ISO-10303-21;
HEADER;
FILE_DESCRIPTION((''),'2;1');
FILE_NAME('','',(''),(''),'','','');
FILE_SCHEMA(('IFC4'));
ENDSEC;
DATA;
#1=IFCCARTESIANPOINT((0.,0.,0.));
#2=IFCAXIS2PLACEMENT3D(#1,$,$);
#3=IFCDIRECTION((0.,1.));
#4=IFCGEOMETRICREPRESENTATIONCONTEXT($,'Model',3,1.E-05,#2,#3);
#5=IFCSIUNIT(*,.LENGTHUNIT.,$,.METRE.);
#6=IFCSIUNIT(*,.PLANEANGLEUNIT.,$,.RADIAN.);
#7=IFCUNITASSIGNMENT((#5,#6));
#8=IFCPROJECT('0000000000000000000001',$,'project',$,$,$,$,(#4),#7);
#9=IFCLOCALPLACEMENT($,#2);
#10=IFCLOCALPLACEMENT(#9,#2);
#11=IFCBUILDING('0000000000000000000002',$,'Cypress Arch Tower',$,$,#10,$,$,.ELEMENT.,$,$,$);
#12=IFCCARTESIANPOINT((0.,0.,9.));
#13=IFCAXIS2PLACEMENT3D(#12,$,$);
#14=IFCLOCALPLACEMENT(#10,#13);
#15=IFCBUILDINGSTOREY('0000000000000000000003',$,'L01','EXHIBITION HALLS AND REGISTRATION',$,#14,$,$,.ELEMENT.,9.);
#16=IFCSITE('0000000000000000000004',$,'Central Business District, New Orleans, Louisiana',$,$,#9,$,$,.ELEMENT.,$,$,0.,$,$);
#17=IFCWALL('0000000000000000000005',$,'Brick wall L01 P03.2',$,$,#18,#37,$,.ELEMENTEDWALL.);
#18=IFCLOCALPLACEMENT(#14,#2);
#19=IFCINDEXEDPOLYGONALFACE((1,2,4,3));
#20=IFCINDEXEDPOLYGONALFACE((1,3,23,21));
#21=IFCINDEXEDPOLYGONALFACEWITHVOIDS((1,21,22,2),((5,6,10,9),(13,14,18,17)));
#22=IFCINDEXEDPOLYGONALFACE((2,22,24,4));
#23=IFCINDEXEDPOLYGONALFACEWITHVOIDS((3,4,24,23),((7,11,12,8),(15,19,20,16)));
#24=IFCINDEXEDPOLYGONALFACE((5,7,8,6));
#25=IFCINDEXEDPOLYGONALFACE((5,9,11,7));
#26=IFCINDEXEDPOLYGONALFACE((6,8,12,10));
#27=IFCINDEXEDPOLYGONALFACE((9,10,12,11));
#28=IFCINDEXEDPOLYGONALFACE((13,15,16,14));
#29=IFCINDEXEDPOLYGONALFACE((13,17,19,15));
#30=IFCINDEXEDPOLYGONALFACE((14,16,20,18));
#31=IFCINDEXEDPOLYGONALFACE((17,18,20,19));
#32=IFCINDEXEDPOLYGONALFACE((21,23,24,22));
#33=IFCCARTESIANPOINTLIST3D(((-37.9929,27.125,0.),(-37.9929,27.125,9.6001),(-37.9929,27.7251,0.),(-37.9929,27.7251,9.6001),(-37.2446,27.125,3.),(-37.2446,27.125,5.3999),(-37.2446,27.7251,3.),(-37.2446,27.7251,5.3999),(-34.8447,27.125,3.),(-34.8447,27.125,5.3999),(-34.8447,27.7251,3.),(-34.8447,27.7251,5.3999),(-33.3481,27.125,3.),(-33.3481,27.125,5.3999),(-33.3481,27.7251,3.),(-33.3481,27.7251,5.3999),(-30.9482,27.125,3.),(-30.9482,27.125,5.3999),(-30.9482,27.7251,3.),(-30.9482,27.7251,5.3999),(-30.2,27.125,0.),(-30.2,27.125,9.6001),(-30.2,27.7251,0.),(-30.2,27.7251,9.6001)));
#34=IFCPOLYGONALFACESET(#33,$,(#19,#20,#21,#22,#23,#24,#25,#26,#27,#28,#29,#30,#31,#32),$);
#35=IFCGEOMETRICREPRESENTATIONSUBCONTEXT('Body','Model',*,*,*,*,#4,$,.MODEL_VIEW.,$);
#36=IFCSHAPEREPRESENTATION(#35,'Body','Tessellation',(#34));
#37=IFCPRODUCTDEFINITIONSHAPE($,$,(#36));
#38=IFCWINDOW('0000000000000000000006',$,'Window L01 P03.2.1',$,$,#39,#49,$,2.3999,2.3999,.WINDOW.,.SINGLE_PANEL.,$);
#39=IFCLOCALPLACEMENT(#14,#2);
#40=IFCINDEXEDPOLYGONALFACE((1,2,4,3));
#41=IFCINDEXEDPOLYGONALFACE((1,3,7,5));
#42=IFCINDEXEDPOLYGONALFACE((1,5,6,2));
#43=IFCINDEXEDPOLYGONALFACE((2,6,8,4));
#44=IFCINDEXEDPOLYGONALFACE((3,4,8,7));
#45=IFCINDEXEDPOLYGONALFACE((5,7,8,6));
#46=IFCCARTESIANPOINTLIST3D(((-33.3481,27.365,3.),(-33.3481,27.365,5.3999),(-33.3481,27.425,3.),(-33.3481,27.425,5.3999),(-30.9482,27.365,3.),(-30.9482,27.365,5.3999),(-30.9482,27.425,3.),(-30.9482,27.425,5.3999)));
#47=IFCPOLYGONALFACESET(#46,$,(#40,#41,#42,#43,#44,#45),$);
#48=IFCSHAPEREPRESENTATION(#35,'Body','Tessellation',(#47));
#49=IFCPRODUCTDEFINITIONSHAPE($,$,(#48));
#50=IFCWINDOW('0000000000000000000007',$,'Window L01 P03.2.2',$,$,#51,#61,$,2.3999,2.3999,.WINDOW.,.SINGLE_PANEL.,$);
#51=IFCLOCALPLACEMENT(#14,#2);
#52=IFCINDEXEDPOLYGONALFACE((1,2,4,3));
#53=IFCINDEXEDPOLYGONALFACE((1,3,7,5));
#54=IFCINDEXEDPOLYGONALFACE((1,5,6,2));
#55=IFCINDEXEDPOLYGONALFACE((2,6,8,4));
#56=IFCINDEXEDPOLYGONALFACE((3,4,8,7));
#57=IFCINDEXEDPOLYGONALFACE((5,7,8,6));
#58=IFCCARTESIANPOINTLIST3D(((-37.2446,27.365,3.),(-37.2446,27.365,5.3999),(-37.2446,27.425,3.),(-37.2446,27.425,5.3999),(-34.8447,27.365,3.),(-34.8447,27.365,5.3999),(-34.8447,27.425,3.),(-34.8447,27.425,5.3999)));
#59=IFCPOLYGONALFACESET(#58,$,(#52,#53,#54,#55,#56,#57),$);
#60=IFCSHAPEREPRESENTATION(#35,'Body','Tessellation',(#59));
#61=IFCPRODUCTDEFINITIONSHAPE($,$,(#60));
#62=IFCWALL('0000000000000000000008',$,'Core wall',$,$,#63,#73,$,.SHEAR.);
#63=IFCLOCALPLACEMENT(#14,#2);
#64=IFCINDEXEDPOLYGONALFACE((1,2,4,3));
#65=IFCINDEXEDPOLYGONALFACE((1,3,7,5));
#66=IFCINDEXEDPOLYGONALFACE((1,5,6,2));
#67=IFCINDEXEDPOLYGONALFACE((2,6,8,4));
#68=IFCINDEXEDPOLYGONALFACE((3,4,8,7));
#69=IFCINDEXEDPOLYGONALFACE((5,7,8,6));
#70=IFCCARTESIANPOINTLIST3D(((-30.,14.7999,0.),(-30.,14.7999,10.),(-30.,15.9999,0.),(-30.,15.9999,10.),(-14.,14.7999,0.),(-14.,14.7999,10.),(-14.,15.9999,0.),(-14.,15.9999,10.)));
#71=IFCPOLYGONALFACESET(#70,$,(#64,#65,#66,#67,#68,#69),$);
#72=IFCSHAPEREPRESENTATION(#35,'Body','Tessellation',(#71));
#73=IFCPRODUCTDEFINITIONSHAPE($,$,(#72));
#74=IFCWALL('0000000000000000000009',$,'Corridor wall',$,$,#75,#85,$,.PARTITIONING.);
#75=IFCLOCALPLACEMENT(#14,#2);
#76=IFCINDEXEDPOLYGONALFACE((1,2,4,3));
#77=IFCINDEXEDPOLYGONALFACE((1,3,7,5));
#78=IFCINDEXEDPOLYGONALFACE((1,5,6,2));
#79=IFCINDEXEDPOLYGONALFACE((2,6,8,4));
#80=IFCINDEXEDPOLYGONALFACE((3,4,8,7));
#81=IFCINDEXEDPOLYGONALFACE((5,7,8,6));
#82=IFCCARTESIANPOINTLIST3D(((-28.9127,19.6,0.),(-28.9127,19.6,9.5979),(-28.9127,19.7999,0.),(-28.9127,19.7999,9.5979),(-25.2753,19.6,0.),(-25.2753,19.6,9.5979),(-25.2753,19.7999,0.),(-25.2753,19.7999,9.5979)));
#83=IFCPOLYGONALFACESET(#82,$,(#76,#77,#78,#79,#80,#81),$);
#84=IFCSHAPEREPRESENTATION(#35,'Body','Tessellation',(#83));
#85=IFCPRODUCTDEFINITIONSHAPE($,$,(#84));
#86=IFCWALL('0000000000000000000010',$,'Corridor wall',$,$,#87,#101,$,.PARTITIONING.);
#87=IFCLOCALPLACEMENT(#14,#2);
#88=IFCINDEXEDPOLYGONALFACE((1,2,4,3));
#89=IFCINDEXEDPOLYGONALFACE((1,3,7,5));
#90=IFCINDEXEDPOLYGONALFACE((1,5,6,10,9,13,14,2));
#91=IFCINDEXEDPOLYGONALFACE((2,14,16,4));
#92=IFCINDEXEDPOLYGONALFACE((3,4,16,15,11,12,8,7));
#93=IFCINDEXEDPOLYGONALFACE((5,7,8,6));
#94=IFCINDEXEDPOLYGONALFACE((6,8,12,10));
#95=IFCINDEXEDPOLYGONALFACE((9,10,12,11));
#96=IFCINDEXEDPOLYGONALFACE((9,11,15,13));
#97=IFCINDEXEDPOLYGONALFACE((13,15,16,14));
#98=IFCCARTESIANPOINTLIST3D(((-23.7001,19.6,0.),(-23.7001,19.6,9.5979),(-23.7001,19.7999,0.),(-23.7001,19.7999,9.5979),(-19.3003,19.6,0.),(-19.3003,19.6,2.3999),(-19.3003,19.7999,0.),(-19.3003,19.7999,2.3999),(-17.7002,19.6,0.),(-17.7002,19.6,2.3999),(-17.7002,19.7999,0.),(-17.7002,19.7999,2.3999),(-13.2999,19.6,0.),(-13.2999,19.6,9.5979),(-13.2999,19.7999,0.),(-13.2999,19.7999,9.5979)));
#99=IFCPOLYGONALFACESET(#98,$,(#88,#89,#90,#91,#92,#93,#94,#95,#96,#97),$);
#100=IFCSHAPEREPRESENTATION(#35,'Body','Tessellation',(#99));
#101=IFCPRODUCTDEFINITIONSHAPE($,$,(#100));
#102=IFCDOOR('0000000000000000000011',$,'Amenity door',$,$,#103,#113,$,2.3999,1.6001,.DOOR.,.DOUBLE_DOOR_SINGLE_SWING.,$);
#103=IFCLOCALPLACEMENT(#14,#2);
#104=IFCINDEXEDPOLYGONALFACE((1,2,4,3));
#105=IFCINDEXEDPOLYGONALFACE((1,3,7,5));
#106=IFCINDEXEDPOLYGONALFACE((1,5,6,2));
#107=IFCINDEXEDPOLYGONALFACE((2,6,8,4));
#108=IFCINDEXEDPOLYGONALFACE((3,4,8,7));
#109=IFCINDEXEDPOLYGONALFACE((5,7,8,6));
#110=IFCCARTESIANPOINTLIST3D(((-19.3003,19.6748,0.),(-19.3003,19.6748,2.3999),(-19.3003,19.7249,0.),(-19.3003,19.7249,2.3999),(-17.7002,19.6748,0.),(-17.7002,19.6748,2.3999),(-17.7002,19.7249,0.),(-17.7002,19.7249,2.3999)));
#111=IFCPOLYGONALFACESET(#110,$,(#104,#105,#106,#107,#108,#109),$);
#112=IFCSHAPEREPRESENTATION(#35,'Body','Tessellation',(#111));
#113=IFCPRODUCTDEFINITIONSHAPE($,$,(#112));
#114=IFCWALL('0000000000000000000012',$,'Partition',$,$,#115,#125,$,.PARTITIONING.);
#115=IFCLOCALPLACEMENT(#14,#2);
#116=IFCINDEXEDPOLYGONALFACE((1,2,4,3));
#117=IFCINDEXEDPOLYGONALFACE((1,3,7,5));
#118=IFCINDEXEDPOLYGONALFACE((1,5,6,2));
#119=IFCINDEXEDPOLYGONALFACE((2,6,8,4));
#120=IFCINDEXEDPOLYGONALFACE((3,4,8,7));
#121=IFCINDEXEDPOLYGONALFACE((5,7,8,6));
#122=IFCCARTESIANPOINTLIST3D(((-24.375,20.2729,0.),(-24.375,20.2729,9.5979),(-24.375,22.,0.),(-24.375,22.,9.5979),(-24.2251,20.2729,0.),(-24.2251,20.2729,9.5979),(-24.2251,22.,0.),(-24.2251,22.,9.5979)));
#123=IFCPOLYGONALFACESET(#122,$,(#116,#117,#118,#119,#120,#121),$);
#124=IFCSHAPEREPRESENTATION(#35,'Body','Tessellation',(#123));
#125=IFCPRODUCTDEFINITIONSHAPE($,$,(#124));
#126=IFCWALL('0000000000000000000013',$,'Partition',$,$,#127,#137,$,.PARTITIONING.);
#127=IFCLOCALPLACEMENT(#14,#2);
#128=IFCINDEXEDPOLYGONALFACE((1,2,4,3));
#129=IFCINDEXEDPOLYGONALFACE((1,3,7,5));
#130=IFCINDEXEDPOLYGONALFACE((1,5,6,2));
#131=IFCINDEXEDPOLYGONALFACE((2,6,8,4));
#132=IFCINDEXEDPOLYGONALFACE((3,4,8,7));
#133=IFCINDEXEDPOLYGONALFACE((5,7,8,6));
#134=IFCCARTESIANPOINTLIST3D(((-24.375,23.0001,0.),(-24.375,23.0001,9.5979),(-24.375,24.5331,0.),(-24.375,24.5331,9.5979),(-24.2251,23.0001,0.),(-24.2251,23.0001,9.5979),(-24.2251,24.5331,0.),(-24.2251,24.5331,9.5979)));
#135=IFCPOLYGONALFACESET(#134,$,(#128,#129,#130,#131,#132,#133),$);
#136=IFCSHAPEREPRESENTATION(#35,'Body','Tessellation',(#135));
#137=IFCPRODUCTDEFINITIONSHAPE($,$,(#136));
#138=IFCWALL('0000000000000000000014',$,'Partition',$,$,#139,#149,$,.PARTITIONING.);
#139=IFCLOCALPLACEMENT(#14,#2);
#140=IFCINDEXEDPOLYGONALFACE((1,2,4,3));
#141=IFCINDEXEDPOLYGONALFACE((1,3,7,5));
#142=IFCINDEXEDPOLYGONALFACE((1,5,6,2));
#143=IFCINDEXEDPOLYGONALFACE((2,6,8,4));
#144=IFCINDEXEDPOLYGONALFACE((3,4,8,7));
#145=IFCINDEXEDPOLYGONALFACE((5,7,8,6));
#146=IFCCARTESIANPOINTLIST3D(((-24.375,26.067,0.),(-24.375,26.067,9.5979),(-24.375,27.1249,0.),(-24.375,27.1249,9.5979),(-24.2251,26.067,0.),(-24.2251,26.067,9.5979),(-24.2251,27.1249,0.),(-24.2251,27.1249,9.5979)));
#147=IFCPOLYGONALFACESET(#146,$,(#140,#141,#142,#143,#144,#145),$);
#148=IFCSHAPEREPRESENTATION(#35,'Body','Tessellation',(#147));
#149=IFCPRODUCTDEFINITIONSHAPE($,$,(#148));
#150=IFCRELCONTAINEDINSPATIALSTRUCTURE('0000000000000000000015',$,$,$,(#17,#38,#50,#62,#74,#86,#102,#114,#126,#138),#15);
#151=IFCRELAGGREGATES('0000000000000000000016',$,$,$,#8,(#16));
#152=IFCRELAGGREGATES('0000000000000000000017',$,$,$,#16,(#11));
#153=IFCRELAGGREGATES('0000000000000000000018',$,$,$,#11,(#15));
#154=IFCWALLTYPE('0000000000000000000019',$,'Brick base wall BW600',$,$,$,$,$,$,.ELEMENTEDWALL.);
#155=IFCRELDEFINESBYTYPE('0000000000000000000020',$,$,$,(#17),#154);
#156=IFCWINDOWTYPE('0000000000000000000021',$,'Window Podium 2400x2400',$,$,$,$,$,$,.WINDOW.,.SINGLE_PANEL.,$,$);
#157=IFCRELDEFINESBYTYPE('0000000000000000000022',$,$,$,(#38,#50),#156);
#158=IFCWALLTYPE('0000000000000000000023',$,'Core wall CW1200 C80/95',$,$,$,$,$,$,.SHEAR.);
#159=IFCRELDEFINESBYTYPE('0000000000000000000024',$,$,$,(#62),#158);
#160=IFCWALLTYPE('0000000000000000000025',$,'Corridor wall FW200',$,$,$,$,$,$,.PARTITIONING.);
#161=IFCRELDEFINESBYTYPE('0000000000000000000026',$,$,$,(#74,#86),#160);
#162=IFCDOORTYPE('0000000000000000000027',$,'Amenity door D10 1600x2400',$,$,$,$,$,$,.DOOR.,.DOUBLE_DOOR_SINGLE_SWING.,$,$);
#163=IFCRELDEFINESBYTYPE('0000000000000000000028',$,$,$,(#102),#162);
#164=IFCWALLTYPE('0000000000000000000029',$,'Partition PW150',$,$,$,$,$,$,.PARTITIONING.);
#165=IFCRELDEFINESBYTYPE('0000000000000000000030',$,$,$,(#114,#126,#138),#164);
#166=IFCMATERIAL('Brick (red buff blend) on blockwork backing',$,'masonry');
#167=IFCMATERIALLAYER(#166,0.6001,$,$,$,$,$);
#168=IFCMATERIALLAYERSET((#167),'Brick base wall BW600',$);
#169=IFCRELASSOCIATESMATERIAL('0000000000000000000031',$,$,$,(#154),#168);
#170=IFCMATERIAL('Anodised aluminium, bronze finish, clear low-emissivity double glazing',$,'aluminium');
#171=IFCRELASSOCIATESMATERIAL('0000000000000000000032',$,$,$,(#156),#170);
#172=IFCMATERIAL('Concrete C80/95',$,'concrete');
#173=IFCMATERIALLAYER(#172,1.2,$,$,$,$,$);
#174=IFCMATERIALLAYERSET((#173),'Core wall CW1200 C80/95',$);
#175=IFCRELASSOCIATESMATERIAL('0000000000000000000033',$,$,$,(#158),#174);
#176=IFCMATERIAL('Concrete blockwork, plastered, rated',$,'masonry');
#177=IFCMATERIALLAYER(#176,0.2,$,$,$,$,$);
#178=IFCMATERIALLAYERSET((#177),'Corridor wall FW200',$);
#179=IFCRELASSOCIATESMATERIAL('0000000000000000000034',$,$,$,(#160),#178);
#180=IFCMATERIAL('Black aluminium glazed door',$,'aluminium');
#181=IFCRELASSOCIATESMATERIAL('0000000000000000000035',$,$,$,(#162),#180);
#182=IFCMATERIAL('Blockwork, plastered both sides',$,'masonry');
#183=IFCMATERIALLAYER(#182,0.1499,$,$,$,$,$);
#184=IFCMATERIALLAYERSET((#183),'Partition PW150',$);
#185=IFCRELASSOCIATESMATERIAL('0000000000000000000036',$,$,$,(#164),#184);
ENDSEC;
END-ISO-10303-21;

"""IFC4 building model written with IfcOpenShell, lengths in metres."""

from ifc_helpers import new_model, si_unit, direction, frame, frame_2d, origin, place, context, subcontext, project, spatial, rectangle, extrude, material, layer, layer_set, type_object, element, fill, save


model = new_model("IFC4")

# Units and contexts
model_context = context("Model", 3, precision=1e-05, world=origin(), true_north=direction((0.0, 1.0)))
body_context = subcontext(model_context, "Body", "Model", "MODEL_VIEW")
ifc_project = project(units=[si_unit("LENGTHUNIT", "METRE"), si_unit("PLANEANGLEUNIT", "RADIAN")], contexts=[model_context])

# Site, building, storey
site_placement = place(None, origin())
site = spatial("IfcSite", under=ifc_project, at=site_placement, Name="Central Business District, New Orleans, Louisiana", CompositionType="ELEMENT", RefElevation=0.0)
building_placement = place(site_placement, origin())
building = spatial("IfcBuilding", under=site, at=building_placement, Name="Cypress Arch Tower", CompositionType="ELEMENT")
storey_placement = place(building_placement, frame((0.0, 0.0, 9.0)))
storey = spatial("IfcBuildingStorey", under=building, at=storey_placement, Name="L01", Description="EXHIBITION HALLS AND REGISTRATION", CompositionType="ELEMENT", Elevation=9.0)

# Wall, openings, windows
ifc_material_1 = material(Name="Brick (red buff blend) on blockwork backing", Category="masonry")
ifc_layer_1 = layer(ifc_material_1, 0.6001)
ifc_layer_set_1 = layer_set([ifc_layer_1], Name="Brick base wall BW600")
wall_type_1 = type_object("IfcWallType", Name="Brick base wall BW600", PredefinedType="ELEMENTEDWALL", material=ifc_layer_set_1)
wall_1_placement = place(storey_placement, frame((-30.2, 27.425, 0.0), z_axis=(0.0, 0.0, 1.0), x_axis=(-1.0, 0.0, 0.0)))
wall_1 = element("IfcWall", 1, at=wall_1_placement, inside=storey, type_object=wall_type_1, Name="Brick wall L01 P03.2", PredefinedType="ELEMENTEDWALL", context=body_context, shape_type="SweptSolid", body=[
    extrude(rectangle(XDim=7.793, YDim=0.6001, at=frame_2d((3.8965, 0.0))), origin(), (0.0, 0.0, 1.0), 9.6001),
])
opening_1_placement = place(wall_1_placement, frame((0.7483, 0.0, 3.0)))
opening_1 = element("IfcOpeningElement", 2, at=opening_1_placement, cuts=wall_1, PredefinedType="OPENING", context=body_context, shape_type="SweptSolid", body=[
    extrude(rectangle(XDim=2.3999, YDim=2.3999, at=frame_2d((1.2, 1.2))), frame((0.0, 0.3101, 0.0), z_axis=(0.0, -1.0, 0.0), x_axis=(1.0, 0.0, 0.0)), (0.0, 0.0, 1.0), 0.6201),
])
opening_2_placement = place(wall_1_placement, frame((4.6448, 0.0, 3.0)))
opening_2 = element("IfcOpeningElement", 3, at=opening_2_placement, cuts=wall_1, PredefinedType="OPENING", context=body_context, shape_type="SweptSolid", body=[
    extrude(rectangle(XDim=2.3999, YDim=2.3999, at=frame_2d((1.2, 1.2))), frame((0.0, 0.3101, 0.0), z_axis=(0.0, -1.0, 0.0), x_axis=(1.0, 0.0, 0.0)), (0.0, 0.0, 1.0), 0.6201),
])
ifc_material_2 = material(Name="Anodised aluminium, bronze finish, clear low-emissivity double glazing", Category="aluminium")
window_type = type_object("IfcWindowType", Name="Window Podium 2400x2400", PartitioningType="SINGLE_PANEL", PredefinedType="WINDOW", material=ifc_material_2)
window_1_placement = place(opening_1_placement, origin())
window_1 = element("IfcWindow", 4, at=window_1_placement, inside=storey, type_object=window_type, Name="Window L01 P03.2.1", OverallHeight=2.3999, OverallWidth=2.3999, PartitioningType="SINGLE_PANEL", PredefinedType="WINDOW", context=body_context, shape_type="SweptSolid", body=[
    extrude(rectangle(XDim=2.3999, YDim=2.3999, at=frame_2d((1.2, 1.2))), frame((0.0, 0.0601, 0.0), z_axis=(0.0, -1.0, 0.0), x_axis=(1.0, 0.0, 0.0)), (0.0, 0.0, 1.0), 0.0601),
])
fill(opening_1, window_1)
window_2_placement = place(opening_2_placement, origin())
window_2 = element("IfcWindow", 5, at=window_2_placement, inside=storey, type_object=window_type, Name="Window L01 P03.2.2", OverallHeight=2.3999, OverallWidth=2.3999, PartitioningType="SINGLE_PANEL", PredefinedType="WINDOW", context=body_context, shape_type="SweptSolid", body=[
    extrude(rectangle(XDim=2.3999, YDim=2.3999, at=frame_2d((1.2, 1.2))), frame((0.0, 0.0601, 0.0), z_axis=(0.0, -1.0, 0.0), x_axis=(1.0, 0.0, 0.0)), (0.0, 0.0, 1.0), 0.0601),
])
fill(opening_2, window_2)

# Wall
ifc_material_3 = material(Name="Concrete C80/95", Category="concrete")
ifc_layer_2 = layer(ifc_material_3, 1.2)
ifc_layer_set_2 = layer_set([ifc_layer_2], Name="Core wall CW1200 C80/95")
wall_type_2 = type_object("IfcWallType", Name="Core wall CW1200 C80/95", PredefinedType="SHEAR", material=ifc_layer_set_2)
wall_2_placement = place(storey_placement, frame((-30.0, 15.3999, 0.0), z_axis=(0.0, 0.0, 1.0), x_axis=(1.0, 0.0, 0.0)))
element("IfcWall", 6, at=wall_2_placement, inside=storey, type_object=wall_type_2, Name="Core wall", PredefinedType="SHEAR", context=body_context, shape_type="SweptSolid", body=[
    extrude(rectangle(XDim=16.0, YDim=1.2, at=frame_2d((8.0, 0.0))), origin(), (0.0, 0.0, 1.0), 10.0),
])

# Shared definitions
ifc_material_4 = material(Name="Concrete blockwork, plastered, rated", Category="masonry")
ifc_layer_3 = layer(ifc_material_4, 0.2)
ifc_layer_set_3 = layer_set([ifc_layer_3], Name="Corridor wall FW200")
wall_type_3 = type_object("IfcWallType", Name="Corridor wall FW200", PredefinedType="PARTITIONING", material=ifc_layer_set_3)
ifc_material_5 = material(Name="Black aluminium glazed door", Category="aluminium")
door_type_1 = type_object("IfcDoorType", Name="Amenity door D10 1600x2400", OperationType="DOUBLE_DOOR_SINGLE_SWING", PredefinedType="DOOR", material=ifc_material_5)

# Wall
wall_3_placement = place(storey_placement, frame((-28.9128, 19.7, 0.0), z_axis=(0.0, 0.0, 1.0), x_axis=(1.0, 0.0, 0.0)))
element("IfcWall", 7, at=wall_3_placement, inside=storey, type_object=wall_type_3, Name="Corridor wall", PredefinedType="PARTITIONING", context=body_context, shape_type="SweptSolid", body=[
    extrude(rectangle(XDim=3.6375, YDim=0.2, at=frame_2d((1.8188, 0.0))), origin(), (0.0, 0.0, 1.0), 9.5979),
])

# Wall, opening, door
wall_4_placement = place(storey_placement, frame((-23.7002, 19.7, 0.0), z_axis=(0.0, 0.0, 1.0), x_axis=(1.0, 0.0, 0.0)))
wall_4 = element("IfcWall", 8, at=wall_4_placement, inside=storey, type_object=wall_type_3, Name="Corridor wall", PredefinedType="PARTITIONING", context=body_context, shape_type="SweptSolid", body=[
    extrude(rectangle(XDim=10.4001, YDim=0.2, at=frame_2d((5.2002, 0.0))), origin(), (0.0, 0.0, 1.0), 9.5979),
])
opening_3_placement = place(wall_4_placement, frame((4.3999, 0.0, 0.0)))
opening_3 = element("IfcOpeningElement", 9, at=opening_3_placement, cuts=wall_4, PredefinedType="OPENING", context=body_context, shape_type="SweptSolid", body=[
    extrude(rectangle(XDim=1.6001, YDim=2.3999, at=frame_2d((0.8, 1.2))), frame((0.0, 0.1099, 0.0), z_axis=(0.0, -1.0, 0.0), x_axis=(1.0, 0.0, 0.0)), (0.0, 0.0, 1.0), 0.22),
])
door_1_placement = place(opening_3_placement, origin())
door_1 = element("IfcDoor", 10, at=door_1_placement, inside=storey, type_object=door_type_1, Name="Amenity door", OperationType="DOUBLE_DOOR_SINGLE_SWING", OverallHeight=2.3999, OverallWidth=1.6001, PredefinedType="DOOR", context=body_context, shape_type="SweptSolid", body=[
    extrude(rectangle(XDim=1.6001, YDim=2.3999, at=frame_2d((0.8, 1.2))), frame((0.0, 0.0249, 0.0), z_axis=(0.0, -1.0, 0.0), x_axis=(1.0, 0.0, 0.0)), (0.0, 0.0, 1.0), 0.05),
])
fill(opening_3, door_1)

# Walls
ifc_material_6 = material(Name="Blockwork, plastered both sides", Category="masonry")
ifc_layer_4 = layer(ifc_material_6, 0.1499)
ifc_layer_set_4 = layer_set([ifc_layer_4], Name="Partition PW150")
wall_type_4 = type_object("IfcWallType", Name="Partition PW150", PredefinedType="PARTITIONING", material=ifc_layer_set_4)
wall_5_placement = place(storey_placement, frame((-24.3, 20.2729, 0.0), z_axis=(0.0, 0.0, 1.0), x_axis=(0.0, 1.0, 0.0)))
element("IfcWall", 11, at=wall_5_placement, inside=storey, type_object=wall_type_4, Name="Partition", PredefinedType="PARTITIONING", context=body_context, shape_type="SweptSolid", body=[
    extrude(rectangle(XDim=1.7271, YDim=0.1499, at=frame_2d((0.8635, 0.0))), origin(), (0.0, 0.0, 1.0), 9.5979),
])
wall_6_placement = place(storey_placement, frame((-24.3, 23.0, 0.0), z_axis=(0.0, 0.0, 1.0), x_axis=(0.0, 1.0, 0.0)))
element("IfcWall", 12, at=wall_6_placement, inside=storey, type_object=wall_type_4, Name="Partition", PredefinedType="PARTITIONING", context=body_context, shape_type="SweptSolid", body=[
    extrude(rectangle(XDim=1.533, YDim=0.1499, at=frame_2d((0.7666, 0.0))), origin(), (0.0, 0.0, 1.0), 9.5979),
])
wall_7_placement = place(storey_placement, frame((-24.3, 26.0671, 0.0), z_axis=(0.0, 0.0, 1.0), x_axis=(0.0, 1.0, 0.0)))
element("IfcWall", 13, at=wall_7_placement, inside=storey, type_object=wall_type_4, Name="Partition", PredefinedType="PARTITIONING", context=body_context, shape_type="SweptSolid", body=[
    extrude(rectangle(XDim=1.0579, YDim=0.1499, at=frame_2d((0.5288, 0.0))), origin(), (0.0, 0.0, 1.0), 9.5979),
])

save(model, "model.ifc")
